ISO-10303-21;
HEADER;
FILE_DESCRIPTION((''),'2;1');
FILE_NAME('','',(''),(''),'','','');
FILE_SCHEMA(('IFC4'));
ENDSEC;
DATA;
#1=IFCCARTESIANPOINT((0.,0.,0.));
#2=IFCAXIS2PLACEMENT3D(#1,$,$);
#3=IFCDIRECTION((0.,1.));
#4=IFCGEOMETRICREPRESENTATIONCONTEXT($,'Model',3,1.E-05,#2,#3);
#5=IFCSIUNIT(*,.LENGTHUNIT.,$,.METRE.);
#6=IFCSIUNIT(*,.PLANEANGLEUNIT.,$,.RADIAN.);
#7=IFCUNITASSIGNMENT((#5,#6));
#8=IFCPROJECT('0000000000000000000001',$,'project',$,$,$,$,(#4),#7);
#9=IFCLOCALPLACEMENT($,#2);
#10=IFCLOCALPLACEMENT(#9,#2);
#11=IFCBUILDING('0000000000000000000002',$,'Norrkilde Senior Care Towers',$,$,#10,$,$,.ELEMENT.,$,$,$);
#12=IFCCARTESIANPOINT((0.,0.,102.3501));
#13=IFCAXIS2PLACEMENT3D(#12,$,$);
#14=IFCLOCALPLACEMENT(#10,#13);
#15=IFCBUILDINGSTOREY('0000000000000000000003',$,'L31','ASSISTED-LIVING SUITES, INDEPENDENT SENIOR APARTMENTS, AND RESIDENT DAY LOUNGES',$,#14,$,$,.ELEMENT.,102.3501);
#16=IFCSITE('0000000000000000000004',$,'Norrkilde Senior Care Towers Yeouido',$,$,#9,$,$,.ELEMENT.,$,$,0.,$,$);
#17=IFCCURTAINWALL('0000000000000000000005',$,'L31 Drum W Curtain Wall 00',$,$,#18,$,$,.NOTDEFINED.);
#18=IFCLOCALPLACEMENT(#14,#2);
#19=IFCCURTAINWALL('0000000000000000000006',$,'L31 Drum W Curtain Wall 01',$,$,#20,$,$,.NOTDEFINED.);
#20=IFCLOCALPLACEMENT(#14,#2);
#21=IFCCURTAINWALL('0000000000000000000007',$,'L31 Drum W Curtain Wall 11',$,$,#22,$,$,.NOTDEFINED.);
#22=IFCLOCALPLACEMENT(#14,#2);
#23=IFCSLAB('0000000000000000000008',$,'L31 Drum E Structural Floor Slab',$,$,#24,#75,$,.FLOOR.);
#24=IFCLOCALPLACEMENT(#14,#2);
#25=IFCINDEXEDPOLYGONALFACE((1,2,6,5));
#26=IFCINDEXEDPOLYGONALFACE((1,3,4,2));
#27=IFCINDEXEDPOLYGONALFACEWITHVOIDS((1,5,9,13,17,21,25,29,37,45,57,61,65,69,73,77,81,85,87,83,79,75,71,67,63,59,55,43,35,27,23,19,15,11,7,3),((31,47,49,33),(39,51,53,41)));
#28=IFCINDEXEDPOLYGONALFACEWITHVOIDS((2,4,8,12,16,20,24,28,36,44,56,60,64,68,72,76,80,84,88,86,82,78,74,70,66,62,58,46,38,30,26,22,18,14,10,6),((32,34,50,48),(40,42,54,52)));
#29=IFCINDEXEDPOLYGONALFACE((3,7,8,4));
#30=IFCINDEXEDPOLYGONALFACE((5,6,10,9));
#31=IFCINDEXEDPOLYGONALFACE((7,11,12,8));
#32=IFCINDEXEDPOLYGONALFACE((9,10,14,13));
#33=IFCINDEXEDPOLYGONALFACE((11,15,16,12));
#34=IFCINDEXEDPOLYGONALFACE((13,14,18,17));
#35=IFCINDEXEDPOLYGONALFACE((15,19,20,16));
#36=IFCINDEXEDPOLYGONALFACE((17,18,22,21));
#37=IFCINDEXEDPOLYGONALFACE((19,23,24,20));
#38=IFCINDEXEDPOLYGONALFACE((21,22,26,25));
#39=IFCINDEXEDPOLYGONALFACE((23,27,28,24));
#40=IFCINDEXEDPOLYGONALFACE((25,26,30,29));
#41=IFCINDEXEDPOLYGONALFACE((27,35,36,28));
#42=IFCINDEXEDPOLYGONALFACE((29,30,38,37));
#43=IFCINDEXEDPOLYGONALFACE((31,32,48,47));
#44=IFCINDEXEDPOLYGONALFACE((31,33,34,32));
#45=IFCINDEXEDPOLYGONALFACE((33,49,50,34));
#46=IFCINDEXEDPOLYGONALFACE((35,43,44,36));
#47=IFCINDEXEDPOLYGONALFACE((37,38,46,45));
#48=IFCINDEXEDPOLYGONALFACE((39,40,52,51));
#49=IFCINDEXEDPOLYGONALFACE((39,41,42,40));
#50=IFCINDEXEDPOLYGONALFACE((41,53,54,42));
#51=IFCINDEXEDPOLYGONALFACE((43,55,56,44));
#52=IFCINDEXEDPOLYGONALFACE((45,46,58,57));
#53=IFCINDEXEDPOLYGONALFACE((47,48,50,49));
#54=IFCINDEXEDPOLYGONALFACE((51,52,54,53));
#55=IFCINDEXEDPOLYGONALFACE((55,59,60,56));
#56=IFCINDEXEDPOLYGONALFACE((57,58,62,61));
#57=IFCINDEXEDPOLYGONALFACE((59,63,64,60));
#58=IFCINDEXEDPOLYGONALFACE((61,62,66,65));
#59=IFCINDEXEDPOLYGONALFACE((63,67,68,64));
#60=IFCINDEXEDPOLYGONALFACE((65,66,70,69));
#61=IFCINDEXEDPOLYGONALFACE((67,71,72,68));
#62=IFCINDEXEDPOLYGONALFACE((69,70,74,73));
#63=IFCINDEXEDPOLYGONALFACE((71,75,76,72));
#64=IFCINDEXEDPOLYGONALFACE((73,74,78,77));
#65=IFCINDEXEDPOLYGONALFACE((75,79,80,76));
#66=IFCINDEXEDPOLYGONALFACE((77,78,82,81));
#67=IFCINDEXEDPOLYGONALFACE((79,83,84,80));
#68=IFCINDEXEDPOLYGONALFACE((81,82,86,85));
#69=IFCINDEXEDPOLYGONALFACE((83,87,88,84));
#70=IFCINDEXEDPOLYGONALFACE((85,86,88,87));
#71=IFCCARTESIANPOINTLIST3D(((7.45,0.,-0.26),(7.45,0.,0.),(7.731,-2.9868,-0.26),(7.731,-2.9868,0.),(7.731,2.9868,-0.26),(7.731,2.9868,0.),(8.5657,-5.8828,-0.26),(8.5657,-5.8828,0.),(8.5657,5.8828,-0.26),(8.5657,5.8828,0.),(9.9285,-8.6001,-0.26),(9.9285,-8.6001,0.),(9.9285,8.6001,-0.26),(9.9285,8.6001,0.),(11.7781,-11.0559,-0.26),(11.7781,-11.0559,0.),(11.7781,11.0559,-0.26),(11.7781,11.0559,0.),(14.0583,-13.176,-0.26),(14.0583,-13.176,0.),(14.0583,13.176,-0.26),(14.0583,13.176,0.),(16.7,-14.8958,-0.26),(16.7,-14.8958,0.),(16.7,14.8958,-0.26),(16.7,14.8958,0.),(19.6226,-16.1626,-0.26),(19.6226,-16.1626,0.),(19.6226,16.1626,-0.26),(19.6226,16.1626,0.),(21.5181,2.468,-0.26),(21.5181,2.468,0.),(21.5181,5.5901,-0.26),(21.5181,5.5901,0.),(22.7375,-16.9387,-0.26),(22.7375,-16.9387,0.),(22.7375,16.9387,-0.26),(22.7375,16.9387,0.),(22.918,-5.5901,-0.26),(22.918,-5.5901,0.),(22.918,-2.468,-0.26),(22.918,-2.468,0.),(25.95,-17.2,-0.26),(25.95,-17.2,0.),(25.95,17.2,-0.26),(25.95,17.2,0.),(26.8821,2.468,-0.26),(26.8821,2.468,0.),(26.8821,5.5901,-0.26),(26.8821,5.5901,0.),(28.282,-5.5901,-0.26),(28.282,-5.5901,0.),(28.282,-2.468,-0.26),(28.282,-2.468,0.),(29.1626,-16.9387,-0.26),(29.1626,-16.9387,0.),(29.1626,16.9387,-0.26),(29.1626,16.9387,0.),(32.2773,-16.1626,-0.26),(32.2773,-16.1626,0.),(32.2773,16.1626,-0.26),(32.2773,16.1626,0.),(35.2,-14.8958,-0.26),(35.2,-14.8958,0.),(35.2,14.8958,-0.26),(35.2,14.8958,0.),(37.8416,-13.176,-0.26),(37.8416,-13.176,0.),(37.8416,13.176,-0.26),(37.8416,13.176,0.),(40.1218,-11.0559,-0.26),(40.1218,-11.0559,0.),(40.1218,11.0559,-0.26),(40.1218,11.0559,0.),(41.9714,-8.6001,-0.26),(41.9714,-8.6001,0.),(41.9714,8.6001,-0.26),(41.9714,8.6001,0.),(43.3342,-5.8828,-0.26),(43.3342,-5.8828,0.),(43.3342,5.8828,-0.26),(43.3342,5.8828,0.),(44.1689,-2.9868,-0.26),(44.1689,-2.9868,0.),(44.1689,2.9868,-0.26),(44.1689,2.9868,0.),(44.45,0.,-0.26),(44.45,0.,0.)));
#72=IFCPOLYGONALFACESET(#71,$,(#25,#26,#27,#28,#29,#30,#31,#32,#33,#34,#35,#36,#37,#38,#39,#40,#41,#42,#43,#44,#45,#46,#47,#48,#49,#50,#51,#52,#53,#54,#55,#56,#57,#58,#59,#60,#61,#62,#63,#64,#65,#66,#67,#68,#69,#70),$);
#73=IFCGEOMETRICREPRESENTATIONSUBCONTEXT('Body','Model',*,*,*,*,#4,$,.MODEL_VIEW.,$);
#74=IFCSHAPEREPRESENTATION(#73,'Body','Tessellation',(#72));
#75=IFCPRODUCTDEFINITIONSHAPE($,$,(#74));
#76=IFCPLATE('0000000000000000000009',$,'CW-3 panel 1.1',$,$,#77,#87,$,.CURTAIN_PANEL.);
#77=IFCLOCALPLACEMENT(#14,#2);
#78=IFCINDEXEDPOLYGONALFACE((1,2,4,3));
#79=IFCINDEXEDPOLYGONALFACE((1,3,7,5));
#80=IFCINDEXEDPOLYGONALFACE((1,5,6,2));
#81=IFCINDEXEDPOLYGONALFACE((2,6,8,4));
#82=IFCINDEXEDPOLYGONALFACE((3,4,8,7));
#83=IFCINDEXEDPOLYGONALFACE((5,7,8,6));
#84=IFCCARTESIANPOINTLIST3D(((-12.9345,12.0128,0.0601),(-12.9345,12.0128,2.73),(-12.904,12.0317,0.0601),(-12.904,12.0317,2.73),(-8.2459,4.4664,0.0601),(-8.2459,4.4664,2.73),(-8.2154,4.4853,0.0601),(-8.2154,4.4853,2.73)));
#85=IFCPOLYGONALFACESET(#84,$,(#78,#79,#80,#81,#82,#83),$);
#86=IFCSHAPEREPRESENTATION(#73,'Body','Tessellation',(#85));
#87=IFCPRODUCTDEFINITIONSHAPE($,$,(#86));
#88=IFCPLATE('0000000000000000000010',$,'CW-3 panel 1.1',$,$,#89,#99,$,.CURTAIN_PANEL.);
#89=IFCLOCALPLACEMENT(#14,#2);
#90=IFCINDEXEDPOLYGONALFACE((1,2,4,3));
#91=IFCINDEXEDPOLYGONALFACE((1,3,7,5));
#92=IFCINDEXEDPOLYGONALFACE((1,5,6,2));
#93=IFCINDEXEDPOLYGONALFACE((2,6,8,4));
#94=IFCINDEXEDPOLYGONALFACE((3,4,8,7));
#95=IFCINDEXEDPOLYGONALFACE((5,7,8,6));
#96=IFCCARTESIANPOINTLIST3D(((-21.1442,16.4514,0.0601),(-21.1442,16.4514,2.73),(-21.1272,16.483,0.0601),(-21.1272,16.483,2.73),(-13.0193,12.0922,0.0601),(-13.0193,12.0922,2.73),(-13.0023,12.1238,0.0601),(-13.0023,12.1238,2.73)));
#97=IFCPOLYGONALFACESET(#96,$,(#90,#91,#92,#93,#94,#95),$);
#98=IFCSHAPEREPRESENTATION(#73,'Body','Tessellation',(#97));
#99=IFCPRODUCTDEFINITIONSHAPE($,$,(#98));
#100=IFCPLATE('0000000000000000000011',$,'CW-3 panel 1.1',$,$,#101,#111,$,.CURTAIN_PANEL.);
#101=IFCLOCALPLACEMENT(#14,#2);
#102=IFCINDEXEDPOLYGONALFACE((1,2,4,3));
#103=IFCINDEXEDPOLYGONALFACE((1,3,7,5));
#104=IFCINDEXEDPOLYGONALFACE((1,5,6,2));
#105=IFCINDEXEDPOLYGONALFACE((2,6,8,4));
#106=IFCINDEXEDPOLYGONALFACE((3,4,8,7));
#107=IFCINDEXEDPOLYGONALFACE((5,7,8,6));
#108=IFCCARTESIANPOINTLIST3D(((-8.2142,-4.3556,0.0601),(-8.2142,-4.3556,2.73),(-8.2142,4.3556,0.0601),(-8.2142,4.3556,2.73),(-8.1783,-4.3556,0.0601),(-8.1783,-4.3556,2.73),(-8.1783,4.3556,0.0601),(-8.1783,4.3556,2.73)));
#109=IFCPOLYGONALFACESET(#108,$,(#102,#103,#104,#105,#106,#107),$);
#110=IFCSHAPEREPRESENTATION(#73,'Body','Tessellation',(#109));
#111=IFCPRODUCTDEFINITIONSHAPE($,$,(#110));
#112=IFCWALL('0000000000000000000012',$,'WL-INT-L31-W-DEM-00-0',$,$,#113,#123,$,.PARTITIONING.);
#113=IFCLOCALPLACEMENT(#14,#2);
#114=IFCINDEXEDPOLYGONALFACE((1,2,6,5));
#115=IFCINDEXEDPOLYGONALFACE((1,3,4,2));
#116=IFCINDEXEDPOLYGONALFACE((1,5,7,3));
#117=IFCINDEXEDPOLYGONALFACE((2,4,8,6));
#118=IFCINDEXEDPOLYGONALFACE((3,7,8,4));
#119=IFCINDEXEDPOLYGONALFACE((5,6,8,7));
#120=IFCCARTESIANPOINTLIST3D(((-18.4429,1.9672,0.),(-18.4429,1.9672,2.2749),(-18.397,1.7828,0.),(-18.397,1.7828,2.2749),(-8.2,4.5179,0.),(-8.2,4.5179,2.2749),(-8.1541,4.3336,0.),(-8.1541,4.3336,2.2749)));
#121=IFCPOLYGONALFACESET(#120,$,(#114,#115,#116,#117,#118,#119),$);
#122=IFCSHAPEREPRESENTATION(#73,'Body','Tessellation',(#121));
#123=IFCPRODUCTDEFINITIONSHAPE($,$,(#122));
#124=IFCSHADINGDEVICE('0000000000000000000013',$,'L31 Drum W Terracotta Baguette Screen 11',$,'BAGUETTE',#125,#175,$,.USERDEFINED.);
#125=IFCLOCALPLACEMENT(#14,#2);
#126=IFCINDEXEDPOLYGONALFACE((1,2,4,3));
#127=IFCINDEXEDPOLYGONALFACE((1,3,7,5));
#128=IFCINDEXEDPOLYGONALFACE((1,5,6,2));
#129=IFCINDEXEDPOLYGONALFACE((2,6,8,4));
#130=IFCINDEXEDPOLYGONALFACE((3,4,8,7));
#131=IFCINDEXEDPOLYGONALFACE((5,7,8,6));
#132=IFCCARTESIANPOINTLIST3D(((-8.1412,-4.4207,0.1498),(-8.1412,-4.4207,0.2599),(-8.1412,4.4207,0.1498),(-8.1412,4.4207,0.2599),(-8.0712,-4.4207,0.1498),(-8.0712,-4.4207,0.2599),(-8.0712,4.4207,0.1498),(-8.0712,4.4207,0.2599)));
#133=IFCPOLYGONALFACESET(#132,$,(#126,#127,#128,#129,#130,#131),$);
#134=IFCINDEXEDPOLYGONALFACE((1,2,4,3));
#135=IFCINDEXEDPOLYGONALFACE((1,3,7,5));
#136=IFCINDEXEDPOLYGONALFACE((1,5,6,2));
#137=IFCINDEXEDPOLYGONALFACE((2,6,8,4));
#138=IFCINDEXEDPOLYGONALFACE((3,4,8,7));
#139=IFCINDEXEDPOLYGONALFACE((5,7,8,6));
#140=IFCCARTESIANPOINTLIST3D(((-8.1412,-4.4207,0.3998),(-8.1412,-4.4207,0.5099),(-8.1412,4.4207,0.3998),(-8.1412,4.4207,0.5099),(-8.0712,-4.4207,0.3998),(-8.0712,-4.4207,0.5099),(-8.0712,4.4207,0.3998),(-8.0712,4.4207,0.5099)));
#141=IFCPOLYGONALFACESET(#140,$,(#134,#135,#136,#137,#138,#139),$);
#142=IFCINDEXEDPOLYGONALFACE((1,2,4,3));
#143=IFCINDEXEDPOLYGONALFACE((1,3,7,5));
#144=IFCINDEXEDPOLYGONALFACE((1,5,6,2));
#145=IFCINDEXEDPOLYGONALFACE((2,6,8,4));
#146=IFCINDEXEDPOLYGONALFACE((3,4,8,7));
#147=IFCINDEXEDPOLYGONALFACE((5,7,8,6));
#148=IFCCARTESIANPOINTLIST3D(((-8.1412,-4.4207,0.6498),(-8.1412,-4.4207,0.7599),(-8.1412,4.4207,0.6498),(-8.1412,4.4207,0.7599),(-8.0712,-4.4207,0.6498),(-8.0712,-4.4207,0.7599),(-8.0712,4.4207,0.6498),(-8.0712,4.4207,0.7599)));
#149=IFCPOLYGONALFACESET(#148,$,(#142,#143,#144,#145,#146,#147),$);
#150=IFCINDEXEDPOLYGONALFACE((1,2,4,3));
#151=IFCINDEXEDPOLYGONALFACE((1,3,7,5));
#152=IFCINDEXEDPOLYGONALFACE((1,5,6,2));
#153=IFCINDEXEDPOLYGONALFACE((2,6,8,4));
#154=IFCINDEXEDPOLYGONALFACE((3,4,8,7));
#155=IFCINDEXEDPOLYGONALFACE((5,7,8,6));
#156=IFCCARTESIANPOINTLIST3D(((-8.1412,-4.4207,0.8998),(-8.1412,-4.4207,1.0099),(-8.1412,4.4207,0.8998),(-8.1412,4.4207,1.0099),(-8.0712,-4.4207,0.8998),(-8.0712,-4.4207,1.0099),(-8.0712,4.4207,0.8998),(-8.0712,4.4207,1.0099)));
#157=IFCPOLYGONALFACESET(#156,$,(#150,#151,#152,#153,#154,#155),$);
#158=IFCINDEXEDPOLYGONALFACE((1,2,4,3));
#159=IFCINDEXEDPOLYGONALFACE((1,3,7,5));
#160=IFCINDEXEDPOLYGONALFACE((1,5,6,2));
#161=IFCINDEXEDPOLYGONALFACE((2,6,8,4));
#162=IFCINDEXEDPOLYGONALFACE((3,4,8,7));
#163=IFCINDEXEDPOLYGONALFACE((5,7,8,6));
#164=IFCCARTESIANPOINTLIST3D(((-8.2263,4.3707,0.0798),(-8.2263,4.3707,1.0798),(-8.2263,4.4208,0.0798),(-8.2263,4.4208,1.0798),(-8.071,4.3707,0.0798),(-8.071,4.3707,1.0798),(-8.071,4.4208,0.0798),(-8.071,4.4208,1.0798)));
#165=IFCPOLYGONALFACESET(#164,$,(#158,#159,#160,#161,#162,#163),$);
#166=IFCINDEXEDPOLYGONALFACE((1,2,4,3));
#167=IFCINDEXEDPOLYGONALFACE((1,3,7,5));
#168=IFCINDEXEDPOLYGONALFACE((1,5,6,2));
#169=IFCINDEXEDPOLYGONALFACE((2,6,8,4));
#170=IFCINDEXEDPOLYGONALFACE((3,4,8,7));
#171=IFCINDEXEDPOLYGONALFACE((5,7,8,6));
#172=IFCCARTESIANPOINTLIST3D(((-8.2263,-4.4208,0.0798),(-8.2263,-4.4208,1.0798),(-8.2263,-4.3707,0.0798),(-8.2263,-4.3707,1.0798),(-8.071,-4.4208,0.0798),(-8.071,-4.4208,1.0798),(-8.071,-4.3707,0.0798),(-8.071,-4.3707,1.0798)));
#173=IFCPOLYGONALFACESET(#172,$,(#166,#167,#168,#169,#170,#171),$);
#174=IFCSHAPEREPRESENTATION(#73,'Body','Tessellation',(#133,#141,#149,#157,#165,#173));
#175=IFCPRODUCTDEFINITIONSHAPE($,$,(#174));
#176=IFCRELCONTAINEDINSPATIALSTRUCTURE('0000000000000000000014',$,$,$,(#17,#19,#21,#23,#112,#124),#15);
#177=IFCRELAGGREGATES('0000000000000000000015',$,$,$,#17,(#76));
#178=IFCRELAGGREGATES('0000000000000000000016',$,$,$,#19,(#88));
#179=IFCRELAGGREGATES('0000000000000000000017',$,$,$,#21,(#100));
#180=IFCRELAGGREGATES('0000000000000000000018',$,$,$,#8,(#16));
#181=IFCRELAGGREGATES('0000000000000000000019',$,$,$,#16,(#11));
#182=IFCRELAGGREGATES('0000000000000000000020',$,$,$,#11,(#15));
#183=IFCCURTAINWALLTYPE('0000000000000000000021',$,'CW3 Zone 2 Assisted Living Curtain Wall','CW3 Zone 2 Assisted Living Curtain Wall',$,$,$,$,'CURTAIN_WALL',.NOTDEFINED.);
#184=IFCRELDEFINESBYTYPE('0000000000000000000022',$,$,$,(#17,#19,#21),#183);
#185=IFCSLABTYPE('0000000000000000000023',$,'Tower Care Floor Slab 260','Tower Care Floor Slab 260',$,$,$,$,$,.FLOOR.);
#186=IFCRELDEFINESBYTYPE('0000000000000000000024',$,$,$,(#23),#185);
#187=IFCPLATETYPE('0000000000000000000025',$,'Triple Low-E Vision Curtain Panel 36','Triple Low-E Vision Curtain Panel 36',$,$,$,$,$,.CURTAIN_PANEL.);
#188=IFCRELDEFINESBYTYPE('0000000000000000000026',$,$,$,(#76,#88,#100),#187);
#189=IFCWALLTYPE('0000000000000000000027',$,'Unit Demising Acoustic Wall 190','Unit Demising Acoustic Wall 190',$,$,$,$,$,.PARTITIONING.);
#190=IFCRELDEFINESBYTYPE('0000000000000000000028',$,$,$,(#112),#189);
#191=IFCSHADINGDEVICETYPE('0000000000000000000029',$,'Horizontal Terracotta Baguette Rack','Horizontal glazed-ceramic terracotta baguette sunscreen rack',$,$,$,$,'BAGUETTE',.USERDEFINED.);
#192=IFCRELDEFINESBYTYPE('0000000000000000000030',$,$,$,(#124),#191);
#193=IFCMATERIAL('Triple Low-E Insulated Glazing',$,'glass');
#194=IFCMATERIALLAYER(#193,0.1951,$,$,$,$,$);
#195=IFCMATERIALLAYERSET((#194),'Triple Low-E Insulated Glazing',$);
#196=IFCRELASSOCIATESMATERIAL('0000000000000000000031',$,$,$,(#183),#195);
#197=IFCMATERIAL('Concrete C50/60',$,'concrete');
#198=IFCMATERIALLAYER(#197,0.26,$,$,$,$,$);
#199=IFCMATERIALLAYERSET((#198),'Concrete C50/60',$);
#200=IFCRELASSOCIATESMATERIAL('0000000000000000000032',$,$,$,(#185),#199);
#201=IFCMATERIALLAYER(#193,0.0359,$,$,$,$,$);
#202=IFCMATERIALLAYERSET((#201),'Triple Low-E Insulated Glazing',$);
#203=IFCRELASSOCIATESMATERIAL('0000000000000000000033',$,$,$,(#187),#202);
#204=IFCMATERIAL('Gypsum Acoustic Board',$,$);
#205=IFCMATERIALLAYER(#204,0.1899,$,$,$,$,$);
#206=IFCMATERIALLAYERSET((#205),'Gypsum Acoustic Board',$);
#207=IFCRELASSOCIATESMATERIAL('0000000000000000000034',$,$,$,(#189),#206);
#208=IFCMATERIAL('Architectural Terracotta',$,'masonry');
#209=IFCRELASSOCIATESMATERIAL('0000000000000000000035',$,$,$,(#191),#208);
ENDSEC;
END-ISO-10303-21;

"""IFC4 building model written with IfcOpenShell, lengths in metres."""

from ifc_helpers import new_model, si_unit, direction, frame, frame_2d, origin, origin_2d, place, context, subcontext, project, spatial, polyline, rectangle, outline, extrude, source, transform, mapped, material, layer, layer_set, type_object, type_shapes, element, aggregate, save


model = new_model("IFC4")

# Units and contexts
model_context = context("Model", 3, precision=1e-05, world=origin(), true_north=direction((0.0, 1.0)))
body_context = subcontext(model_context, "Body", "Model", "MODEL_VIEW")
ifc_project = project(units=[si_unit("LENGTHUNIT", "METRE"), si_unit("PLANEANGLEUNIT", "RADIAN")], contexts=[model_context])

# Site, building, storey
site_placement = place(None, origin())
site = spatial("IfcSite", under=ifc_project, at=site_placement, Name="Norrkilde Senior Care Towers Yeouido", CompositionType="ELEMENT", RefElevation=0.0)
building_placement = place(site_placement, origin())
building = spatial("IfcBuilding", under=site, at=building_placement, Name="Norrkilde Senior Care Towers", CompositionType="ELEMENT")
storey_placement = place(building_placement, frame((0.0, 0.0, 102.3501)))
storey = spatial("IfcBuildingStorey", under=building, at=storey_placement, Name="L31", Description="ASSISTED-LIVING SUITES, INDEPENDENT SENIOR APARTMENTS, AND RESIDENT DAY LOUNGES", CompositionType="ELEMENT", Elevation=102.3501)

# Curtain wall
ifc_material_1 = material(Name="Triple Low-E Insulated Glazing", Category="glass")
ifc_layer_1 = layer(ifc_material_1, 0.1951)
ifc_layer_set_1 = layer_set([ifc_layer_1], Name="Triple Low-E Insulated Glazing")
curtain_wall_type = type_object("IfcCurtainWallType", Name="CW3 Zone 2 Assisted Living Curtain Wall", Description="CW3 Zone 2 Assisted Living Curtain Wall", ElementType="CURTAIN_WALL", PredefinedType="NOTDEFINED", material=ifc_layer_set_1)
curtain_wall_1_placement = place(storey_placement, origin())
curtain_wall_1 = element("IfcCurtainWall", 1, at=curtain_wall_1_placement, inside=storey, type_object=curtain_wall_type, Name="L31 Drum W Curtain Wall 00", PredefinedType="NOTDEFINED")

# Curtain walls
curtain_wall_2_placement = place(storey_placement, origin())
curtain_wall_2 = element("IfcCurtainWall", 2, at=curtain_wall_2_placement, inside=storey, type_object=curtain_wall_type, Name="L31 Drum W Curtain Wall 01", PredefinedType="NOTDEFINED")
curtain_wall_3_placement = place(storey_placement, origin())
curtain_wall_3 = element("IfcCurtainWall", 3, at=curtain_wall_3_placement, inside=storey, type_object=curtain_wall_type, Name="L31 Drum W Curtain Wall 11", PredefinedType="NOTDEFINED")

# Slab
ifc_material_2 = material(Name="Concrete C50/60", Category="concrete")
ifc_layer_2 = layer(ifc_material_2, 0.26)
ifc_layer_set_2 = layer_set([ifc_layer_2], Name="Concrete C50/60")
slab_type_1 = type_object("IfcSlabType", Name="Tower Care Floor Slab 260", Description="Tower Care Floor Slab 260", PredefinedType="FLOOR", material=ifc_layer_set_2)
slab_1_placement = place(storey_placement, frame((0.0, 0.0, -0.26)))
element("IfcSlab", 4, at=slab_1_placement, inside=storey, type_object=slab_type_1, Name="L31 Drum E Structural Floor Slab", PredefinedType="FLOOR", context=body_context, shape_type="SweptSolid", body=[
    extrude(outline(polyline([(43.3342, -5.8828), (41.9714, -8.6001), (40.1218, -11.0559), (37.8416, -13.176), (35.2, -14.8958), (32.2773, -16.1626), (29.1626, -16.9387), (25.95, -17.2), (22.7375, -16.9387), (19.6226, -16.1626), (16.7, -14.8958), (14.0583, -13.176), (11.7781, -11.0559), (9.9285, -8.6001), (8.5657, -5.8828), (7.731, -2.9868), (7.45, 0.0), (7.731, 2.9868), (8.5657, 5.8828), (9.9285, 8.6001), (11.7781, 11.0559), (14.0583, 13.176), (16.7, 14.8958), (19.6226, 16.1626), (22.7375, 16.9387), (25.95, 17.2), (29.1626, 16.9387), (32.2773, 16.1626), (35.2, 14.8958), (37.8416, 13.176), (40.1218, 11.0559), (41.9714, 8.6001), (43.3342, 5.8828), (44.1689, 2.9868), (44.45, 0.0), (44.1689, -2.9868), (43.3342, -5.8828)]), holes=[polyline([(21.5181, 2.468), (26.8821, 2.468), (26.8821, 5.5901), (21.5181, 5.5901), (21.5181, 2.468)]), polyline([(28.282, -5.5901), (28.282, -2.468), (22.918, -2.468), (22.918, -5.5901), (28.282, -5.5901)])]), origin(), (0.0, 0.0, 1.0), 0.26),
])

# Plates
ifc_layer_3 = layer(ifc_material_1, 0.0359)
ifc_layer_set_3 = layer_set([ifc_layer_3], Name="Triple Low-E Insulated Glazing")
plate_type = type_object("IfcPlateType", Name="Triple Low-E Vision Curtain Panel 36", Description="Triple Low-E Vision Curtain Panel 36", PredefinedType="CURTAIN_PANEL", material=ifc_layer_set_3)
shared_shape_1 = source(origin(), body_context, "Body", "SweptSolid", [
    extrude(rectangle(XDim=8.8843, YDim=0.0359, at=origin_2d()), origin(), (0.0, 0.0, 1.0), 2.6699),
])
plate_1_placement = place(storey_placement, frame((-10.575, 8.249, 0.0601), z_axis=(0.0, 0.0, 1.0), x_axis=(0.527733, -0.84941, 0.0)))
plate_1 = element("IfcPlate", 5, at=plate_1_placement, type_object=plate_type, Name="CW-3 panel 1.1", PredefinedType="CURTAIN_PANEL", context=body_context, shape_type="MappedRepresentation", body=[
    mapped(shared_shape_1, transform((0.0, 0.0, 0.0), x_axis=(1.0, 0.0, 0.0), y_axis=(0.0, 1.0, 0.0), z_axis=(0.0, 0.0, 1.0), scale=1.0)),
])
aggregate(curtain_wall_1, [plate_1])
shared_shape_2 = source(origin(), body_context, "Body", "SweptSolid", [
    extrude(rectangle(XDim=9.2205, YDim=0.0359, at=origin_2d()), origin(), (0.0, 0.0, 1.0), 2.6699),
])
plate_2_placement = place(storey_placement, frame((-17.0732, 14.2876, 0.0601), z_axis=(0.0, 0.0, 1.0), x_axis=(0.881186, -0.472769, 0.0)))
plate_2 = element("IfcPlate", 6, at=plate_2_placement, type_object=plate_type, Name="CW-3 panel 1.1", PredefinedType="CURTAIN_PANEL", context=body_context, shape_type="MappedRepresentation", body=[
    mapped(shared_shape_2, transform((0.0, 0.0, 0.0), x_axis=(1.0, 0.0, 0.0), y_axis=(0.0, 1.0, 0.0), z_axis=(0.0, 0.0, 1.0), scale=1.0)),
])
aggregate(curtain_wall_2, [plate_2])
shared_shape_3 = source(origin(), body_context, "Body", "SweptSolid", [
    extrude(rectangle(XDim=8.7112, YDim=0.0359, at=origin_2d()), origin(), (0.0, 0.0, 1.0), 2.6699),
])
type_shapes(plate_type, [shared_shape_1, shared_shape_2, shared_shape_3])
plate_3_placement = place(storey_placement, frame((-8.1963, 0.0, 0.0601), z_axis=(0.0, 0.0, 1.0), x_axis=(0.0, -1.0, 0.0)))
plate_3 = element("IfcPlate", 7, at=plate_3_placement, type_object=plate_type, Name="CW-3 panel 1.1", PredefinedType="CURTAIN_PANEL", context=body_context, shape_type="MappedRepresentation", body=[
    mapped(shared_shape_3, transform((0.0, 0.0, 0.0), x_axis=(1.0, 0.0, 0.0), y_axis=(0.0, 1.0, 0.0), z_axis=(0.0, 0.0, 1.0), scale=1.0)),
])
aggregate(curtain_wall_3, [plate_3])

# Shared definitions
ifc_material_3 = material(Name="Gypsum Acoustic Board")

# Wall
ifc_layer_4 = layer(ifc_material_3, 0.1899)
ifc_layer_set_4 = layer_set([ifc_layer_4], Name="Gypsum Acoustic Board")
wall_type_1 = type_object("IfcWallType", Name="Unit Demising Acoustic Wall 190", Description="Unit Demising Acoustic Wall 190", PredefinedType="PARTITIONING", material=ifc_layer_set_4)
shared_shape_4 = source(origin(), body_context, "Body", "SweptSolid", [
    extrude(rectangle(XDim=10.5557, YDim=0.1899, at=frame_2d((5.2778, 0.0))), origin(), (0.0, 0.0, 1.0), 2.2749),
])
type_shapes(wall_type_1, [shared_shape_4])
wall_1_placement = place(storey_placement, frame((-18.4199, 1.875, 0.0), z_axis=(0.0, 0.0, 1.0), x_axis=(0.970364, 0.241648, 0.0)))
element("IfcWall", 8, at=wall_1_placement, inside=storey, type_object=wall_type_1, Name="WL-INT-L31-W-DEM-00-0", PredefinedType="PARTITIONING", context=body_context, shape_type="MappedRepresentation", body=[
    mapped(shared_shape_4, transform((0.0, 0.0, 0.0), x_axis=(1.0, 0.0, 0.0), y_axis=(0.0, 1.0, 0.0), z_axis=(0.0, 0.0, 1.0), scale=1.0)),
])

# Shading device
ifc_material_4 = material(Name="Architectural Terracotta", Category="masonry")
shading_device_type = type_object("IfcShadingDeviceType", Name="Horizontal Terracotta Baguette Rack", Description="Horizontal glazed-ceramic terracotta baguette sunscreen rack", ElementType="BAGUETTE", PredefinedType="USERDEFINED", material=ifc_material_4)
shared_shape_5 = source(origin(), body_context, "Body", "SweptSolid", [
    extrude(rectangle(XDim=0.0701, YDim=0.1101, at=origin_2d()), frame((0.0, 0.0901, 0.125), z_axis=(1.0, 0.0, 0.0), x_axis=(0.0, 1.0, 0.0)), (0.0, 0.0, 1.0), 8.8413),
    extrude(rectangle(XDim=0.0701, YDim=0.1101, at=origin_2d()), frame((0.0, 0.0901, 0.375), z_axis=(1.0, 0.0, 0.0), x_axis=(0.0, 1.0, 0.0)), (0.0, 0.0, 1.0), 8.8413),
    extrude(rectangle(XDim=0.0701, YDim=0.1101, at=origin_2d()), frame((0.0, 0.0901, 0.625), z_axis=(1.0, 0.0, 0.0), x_axis=(0.0, 1.0, 0.0)), (0.0, 0.0, 1.0), 8.8413),
    extrude(rectangle(XDim=0.0701, YDim=0.1101, at=origin_2d()), frame((0.0, 0.0901, 0.875), z_axis=(1.0, 0.0, 0.0), x_axis=(0.0, 1.0, 0.0)), (0.0, 0.0, 1.0), 8.8413),
    extrude(rectangle(XDim=0.05, YDim=0.1553, at=origin_2d()), frame((0.0249, 0.0476, 0.0)), (0.0, 0.0, 1.0), 1.0),
    extrude(rectangle(XDim=0.05, YDim=0.1553, at=origin_2d()), frame((8.8164, 0.0476, 0.0)), (0.0, 0.0, 1.0), 1.0),
])
type_shapes(shading_device_type, [shared_shape_5])
shading_device_placement = place(storey_placement, frame((-8.1963, 4.4207, 0.0798), z_axis=(0.0, 0.0, 1.0), x_axis=(0.0, -1.0, 0.0)))
element("IfcShadingDevice", 9, at=shading_device_placement, inside=storey, type_object=shading_device_type, Name="L31 Drum W Terracotta Baguette Screen 11", ObjectType="BAGUETTE", PredefinedType="USERDEFINED", context=body_context, shape_type="MappedRepresentation", body=[
    mapped(shared_shape_5, transform((0.0, 0.0, 0.0), x_axis=(1.0, 0.0, 0.0), y_axis=(0.0, 1.0, 0.0), z_axis=(0.0, 0.0, 1.0), scale=1.0)),
])

save(model, "model.ifc")
